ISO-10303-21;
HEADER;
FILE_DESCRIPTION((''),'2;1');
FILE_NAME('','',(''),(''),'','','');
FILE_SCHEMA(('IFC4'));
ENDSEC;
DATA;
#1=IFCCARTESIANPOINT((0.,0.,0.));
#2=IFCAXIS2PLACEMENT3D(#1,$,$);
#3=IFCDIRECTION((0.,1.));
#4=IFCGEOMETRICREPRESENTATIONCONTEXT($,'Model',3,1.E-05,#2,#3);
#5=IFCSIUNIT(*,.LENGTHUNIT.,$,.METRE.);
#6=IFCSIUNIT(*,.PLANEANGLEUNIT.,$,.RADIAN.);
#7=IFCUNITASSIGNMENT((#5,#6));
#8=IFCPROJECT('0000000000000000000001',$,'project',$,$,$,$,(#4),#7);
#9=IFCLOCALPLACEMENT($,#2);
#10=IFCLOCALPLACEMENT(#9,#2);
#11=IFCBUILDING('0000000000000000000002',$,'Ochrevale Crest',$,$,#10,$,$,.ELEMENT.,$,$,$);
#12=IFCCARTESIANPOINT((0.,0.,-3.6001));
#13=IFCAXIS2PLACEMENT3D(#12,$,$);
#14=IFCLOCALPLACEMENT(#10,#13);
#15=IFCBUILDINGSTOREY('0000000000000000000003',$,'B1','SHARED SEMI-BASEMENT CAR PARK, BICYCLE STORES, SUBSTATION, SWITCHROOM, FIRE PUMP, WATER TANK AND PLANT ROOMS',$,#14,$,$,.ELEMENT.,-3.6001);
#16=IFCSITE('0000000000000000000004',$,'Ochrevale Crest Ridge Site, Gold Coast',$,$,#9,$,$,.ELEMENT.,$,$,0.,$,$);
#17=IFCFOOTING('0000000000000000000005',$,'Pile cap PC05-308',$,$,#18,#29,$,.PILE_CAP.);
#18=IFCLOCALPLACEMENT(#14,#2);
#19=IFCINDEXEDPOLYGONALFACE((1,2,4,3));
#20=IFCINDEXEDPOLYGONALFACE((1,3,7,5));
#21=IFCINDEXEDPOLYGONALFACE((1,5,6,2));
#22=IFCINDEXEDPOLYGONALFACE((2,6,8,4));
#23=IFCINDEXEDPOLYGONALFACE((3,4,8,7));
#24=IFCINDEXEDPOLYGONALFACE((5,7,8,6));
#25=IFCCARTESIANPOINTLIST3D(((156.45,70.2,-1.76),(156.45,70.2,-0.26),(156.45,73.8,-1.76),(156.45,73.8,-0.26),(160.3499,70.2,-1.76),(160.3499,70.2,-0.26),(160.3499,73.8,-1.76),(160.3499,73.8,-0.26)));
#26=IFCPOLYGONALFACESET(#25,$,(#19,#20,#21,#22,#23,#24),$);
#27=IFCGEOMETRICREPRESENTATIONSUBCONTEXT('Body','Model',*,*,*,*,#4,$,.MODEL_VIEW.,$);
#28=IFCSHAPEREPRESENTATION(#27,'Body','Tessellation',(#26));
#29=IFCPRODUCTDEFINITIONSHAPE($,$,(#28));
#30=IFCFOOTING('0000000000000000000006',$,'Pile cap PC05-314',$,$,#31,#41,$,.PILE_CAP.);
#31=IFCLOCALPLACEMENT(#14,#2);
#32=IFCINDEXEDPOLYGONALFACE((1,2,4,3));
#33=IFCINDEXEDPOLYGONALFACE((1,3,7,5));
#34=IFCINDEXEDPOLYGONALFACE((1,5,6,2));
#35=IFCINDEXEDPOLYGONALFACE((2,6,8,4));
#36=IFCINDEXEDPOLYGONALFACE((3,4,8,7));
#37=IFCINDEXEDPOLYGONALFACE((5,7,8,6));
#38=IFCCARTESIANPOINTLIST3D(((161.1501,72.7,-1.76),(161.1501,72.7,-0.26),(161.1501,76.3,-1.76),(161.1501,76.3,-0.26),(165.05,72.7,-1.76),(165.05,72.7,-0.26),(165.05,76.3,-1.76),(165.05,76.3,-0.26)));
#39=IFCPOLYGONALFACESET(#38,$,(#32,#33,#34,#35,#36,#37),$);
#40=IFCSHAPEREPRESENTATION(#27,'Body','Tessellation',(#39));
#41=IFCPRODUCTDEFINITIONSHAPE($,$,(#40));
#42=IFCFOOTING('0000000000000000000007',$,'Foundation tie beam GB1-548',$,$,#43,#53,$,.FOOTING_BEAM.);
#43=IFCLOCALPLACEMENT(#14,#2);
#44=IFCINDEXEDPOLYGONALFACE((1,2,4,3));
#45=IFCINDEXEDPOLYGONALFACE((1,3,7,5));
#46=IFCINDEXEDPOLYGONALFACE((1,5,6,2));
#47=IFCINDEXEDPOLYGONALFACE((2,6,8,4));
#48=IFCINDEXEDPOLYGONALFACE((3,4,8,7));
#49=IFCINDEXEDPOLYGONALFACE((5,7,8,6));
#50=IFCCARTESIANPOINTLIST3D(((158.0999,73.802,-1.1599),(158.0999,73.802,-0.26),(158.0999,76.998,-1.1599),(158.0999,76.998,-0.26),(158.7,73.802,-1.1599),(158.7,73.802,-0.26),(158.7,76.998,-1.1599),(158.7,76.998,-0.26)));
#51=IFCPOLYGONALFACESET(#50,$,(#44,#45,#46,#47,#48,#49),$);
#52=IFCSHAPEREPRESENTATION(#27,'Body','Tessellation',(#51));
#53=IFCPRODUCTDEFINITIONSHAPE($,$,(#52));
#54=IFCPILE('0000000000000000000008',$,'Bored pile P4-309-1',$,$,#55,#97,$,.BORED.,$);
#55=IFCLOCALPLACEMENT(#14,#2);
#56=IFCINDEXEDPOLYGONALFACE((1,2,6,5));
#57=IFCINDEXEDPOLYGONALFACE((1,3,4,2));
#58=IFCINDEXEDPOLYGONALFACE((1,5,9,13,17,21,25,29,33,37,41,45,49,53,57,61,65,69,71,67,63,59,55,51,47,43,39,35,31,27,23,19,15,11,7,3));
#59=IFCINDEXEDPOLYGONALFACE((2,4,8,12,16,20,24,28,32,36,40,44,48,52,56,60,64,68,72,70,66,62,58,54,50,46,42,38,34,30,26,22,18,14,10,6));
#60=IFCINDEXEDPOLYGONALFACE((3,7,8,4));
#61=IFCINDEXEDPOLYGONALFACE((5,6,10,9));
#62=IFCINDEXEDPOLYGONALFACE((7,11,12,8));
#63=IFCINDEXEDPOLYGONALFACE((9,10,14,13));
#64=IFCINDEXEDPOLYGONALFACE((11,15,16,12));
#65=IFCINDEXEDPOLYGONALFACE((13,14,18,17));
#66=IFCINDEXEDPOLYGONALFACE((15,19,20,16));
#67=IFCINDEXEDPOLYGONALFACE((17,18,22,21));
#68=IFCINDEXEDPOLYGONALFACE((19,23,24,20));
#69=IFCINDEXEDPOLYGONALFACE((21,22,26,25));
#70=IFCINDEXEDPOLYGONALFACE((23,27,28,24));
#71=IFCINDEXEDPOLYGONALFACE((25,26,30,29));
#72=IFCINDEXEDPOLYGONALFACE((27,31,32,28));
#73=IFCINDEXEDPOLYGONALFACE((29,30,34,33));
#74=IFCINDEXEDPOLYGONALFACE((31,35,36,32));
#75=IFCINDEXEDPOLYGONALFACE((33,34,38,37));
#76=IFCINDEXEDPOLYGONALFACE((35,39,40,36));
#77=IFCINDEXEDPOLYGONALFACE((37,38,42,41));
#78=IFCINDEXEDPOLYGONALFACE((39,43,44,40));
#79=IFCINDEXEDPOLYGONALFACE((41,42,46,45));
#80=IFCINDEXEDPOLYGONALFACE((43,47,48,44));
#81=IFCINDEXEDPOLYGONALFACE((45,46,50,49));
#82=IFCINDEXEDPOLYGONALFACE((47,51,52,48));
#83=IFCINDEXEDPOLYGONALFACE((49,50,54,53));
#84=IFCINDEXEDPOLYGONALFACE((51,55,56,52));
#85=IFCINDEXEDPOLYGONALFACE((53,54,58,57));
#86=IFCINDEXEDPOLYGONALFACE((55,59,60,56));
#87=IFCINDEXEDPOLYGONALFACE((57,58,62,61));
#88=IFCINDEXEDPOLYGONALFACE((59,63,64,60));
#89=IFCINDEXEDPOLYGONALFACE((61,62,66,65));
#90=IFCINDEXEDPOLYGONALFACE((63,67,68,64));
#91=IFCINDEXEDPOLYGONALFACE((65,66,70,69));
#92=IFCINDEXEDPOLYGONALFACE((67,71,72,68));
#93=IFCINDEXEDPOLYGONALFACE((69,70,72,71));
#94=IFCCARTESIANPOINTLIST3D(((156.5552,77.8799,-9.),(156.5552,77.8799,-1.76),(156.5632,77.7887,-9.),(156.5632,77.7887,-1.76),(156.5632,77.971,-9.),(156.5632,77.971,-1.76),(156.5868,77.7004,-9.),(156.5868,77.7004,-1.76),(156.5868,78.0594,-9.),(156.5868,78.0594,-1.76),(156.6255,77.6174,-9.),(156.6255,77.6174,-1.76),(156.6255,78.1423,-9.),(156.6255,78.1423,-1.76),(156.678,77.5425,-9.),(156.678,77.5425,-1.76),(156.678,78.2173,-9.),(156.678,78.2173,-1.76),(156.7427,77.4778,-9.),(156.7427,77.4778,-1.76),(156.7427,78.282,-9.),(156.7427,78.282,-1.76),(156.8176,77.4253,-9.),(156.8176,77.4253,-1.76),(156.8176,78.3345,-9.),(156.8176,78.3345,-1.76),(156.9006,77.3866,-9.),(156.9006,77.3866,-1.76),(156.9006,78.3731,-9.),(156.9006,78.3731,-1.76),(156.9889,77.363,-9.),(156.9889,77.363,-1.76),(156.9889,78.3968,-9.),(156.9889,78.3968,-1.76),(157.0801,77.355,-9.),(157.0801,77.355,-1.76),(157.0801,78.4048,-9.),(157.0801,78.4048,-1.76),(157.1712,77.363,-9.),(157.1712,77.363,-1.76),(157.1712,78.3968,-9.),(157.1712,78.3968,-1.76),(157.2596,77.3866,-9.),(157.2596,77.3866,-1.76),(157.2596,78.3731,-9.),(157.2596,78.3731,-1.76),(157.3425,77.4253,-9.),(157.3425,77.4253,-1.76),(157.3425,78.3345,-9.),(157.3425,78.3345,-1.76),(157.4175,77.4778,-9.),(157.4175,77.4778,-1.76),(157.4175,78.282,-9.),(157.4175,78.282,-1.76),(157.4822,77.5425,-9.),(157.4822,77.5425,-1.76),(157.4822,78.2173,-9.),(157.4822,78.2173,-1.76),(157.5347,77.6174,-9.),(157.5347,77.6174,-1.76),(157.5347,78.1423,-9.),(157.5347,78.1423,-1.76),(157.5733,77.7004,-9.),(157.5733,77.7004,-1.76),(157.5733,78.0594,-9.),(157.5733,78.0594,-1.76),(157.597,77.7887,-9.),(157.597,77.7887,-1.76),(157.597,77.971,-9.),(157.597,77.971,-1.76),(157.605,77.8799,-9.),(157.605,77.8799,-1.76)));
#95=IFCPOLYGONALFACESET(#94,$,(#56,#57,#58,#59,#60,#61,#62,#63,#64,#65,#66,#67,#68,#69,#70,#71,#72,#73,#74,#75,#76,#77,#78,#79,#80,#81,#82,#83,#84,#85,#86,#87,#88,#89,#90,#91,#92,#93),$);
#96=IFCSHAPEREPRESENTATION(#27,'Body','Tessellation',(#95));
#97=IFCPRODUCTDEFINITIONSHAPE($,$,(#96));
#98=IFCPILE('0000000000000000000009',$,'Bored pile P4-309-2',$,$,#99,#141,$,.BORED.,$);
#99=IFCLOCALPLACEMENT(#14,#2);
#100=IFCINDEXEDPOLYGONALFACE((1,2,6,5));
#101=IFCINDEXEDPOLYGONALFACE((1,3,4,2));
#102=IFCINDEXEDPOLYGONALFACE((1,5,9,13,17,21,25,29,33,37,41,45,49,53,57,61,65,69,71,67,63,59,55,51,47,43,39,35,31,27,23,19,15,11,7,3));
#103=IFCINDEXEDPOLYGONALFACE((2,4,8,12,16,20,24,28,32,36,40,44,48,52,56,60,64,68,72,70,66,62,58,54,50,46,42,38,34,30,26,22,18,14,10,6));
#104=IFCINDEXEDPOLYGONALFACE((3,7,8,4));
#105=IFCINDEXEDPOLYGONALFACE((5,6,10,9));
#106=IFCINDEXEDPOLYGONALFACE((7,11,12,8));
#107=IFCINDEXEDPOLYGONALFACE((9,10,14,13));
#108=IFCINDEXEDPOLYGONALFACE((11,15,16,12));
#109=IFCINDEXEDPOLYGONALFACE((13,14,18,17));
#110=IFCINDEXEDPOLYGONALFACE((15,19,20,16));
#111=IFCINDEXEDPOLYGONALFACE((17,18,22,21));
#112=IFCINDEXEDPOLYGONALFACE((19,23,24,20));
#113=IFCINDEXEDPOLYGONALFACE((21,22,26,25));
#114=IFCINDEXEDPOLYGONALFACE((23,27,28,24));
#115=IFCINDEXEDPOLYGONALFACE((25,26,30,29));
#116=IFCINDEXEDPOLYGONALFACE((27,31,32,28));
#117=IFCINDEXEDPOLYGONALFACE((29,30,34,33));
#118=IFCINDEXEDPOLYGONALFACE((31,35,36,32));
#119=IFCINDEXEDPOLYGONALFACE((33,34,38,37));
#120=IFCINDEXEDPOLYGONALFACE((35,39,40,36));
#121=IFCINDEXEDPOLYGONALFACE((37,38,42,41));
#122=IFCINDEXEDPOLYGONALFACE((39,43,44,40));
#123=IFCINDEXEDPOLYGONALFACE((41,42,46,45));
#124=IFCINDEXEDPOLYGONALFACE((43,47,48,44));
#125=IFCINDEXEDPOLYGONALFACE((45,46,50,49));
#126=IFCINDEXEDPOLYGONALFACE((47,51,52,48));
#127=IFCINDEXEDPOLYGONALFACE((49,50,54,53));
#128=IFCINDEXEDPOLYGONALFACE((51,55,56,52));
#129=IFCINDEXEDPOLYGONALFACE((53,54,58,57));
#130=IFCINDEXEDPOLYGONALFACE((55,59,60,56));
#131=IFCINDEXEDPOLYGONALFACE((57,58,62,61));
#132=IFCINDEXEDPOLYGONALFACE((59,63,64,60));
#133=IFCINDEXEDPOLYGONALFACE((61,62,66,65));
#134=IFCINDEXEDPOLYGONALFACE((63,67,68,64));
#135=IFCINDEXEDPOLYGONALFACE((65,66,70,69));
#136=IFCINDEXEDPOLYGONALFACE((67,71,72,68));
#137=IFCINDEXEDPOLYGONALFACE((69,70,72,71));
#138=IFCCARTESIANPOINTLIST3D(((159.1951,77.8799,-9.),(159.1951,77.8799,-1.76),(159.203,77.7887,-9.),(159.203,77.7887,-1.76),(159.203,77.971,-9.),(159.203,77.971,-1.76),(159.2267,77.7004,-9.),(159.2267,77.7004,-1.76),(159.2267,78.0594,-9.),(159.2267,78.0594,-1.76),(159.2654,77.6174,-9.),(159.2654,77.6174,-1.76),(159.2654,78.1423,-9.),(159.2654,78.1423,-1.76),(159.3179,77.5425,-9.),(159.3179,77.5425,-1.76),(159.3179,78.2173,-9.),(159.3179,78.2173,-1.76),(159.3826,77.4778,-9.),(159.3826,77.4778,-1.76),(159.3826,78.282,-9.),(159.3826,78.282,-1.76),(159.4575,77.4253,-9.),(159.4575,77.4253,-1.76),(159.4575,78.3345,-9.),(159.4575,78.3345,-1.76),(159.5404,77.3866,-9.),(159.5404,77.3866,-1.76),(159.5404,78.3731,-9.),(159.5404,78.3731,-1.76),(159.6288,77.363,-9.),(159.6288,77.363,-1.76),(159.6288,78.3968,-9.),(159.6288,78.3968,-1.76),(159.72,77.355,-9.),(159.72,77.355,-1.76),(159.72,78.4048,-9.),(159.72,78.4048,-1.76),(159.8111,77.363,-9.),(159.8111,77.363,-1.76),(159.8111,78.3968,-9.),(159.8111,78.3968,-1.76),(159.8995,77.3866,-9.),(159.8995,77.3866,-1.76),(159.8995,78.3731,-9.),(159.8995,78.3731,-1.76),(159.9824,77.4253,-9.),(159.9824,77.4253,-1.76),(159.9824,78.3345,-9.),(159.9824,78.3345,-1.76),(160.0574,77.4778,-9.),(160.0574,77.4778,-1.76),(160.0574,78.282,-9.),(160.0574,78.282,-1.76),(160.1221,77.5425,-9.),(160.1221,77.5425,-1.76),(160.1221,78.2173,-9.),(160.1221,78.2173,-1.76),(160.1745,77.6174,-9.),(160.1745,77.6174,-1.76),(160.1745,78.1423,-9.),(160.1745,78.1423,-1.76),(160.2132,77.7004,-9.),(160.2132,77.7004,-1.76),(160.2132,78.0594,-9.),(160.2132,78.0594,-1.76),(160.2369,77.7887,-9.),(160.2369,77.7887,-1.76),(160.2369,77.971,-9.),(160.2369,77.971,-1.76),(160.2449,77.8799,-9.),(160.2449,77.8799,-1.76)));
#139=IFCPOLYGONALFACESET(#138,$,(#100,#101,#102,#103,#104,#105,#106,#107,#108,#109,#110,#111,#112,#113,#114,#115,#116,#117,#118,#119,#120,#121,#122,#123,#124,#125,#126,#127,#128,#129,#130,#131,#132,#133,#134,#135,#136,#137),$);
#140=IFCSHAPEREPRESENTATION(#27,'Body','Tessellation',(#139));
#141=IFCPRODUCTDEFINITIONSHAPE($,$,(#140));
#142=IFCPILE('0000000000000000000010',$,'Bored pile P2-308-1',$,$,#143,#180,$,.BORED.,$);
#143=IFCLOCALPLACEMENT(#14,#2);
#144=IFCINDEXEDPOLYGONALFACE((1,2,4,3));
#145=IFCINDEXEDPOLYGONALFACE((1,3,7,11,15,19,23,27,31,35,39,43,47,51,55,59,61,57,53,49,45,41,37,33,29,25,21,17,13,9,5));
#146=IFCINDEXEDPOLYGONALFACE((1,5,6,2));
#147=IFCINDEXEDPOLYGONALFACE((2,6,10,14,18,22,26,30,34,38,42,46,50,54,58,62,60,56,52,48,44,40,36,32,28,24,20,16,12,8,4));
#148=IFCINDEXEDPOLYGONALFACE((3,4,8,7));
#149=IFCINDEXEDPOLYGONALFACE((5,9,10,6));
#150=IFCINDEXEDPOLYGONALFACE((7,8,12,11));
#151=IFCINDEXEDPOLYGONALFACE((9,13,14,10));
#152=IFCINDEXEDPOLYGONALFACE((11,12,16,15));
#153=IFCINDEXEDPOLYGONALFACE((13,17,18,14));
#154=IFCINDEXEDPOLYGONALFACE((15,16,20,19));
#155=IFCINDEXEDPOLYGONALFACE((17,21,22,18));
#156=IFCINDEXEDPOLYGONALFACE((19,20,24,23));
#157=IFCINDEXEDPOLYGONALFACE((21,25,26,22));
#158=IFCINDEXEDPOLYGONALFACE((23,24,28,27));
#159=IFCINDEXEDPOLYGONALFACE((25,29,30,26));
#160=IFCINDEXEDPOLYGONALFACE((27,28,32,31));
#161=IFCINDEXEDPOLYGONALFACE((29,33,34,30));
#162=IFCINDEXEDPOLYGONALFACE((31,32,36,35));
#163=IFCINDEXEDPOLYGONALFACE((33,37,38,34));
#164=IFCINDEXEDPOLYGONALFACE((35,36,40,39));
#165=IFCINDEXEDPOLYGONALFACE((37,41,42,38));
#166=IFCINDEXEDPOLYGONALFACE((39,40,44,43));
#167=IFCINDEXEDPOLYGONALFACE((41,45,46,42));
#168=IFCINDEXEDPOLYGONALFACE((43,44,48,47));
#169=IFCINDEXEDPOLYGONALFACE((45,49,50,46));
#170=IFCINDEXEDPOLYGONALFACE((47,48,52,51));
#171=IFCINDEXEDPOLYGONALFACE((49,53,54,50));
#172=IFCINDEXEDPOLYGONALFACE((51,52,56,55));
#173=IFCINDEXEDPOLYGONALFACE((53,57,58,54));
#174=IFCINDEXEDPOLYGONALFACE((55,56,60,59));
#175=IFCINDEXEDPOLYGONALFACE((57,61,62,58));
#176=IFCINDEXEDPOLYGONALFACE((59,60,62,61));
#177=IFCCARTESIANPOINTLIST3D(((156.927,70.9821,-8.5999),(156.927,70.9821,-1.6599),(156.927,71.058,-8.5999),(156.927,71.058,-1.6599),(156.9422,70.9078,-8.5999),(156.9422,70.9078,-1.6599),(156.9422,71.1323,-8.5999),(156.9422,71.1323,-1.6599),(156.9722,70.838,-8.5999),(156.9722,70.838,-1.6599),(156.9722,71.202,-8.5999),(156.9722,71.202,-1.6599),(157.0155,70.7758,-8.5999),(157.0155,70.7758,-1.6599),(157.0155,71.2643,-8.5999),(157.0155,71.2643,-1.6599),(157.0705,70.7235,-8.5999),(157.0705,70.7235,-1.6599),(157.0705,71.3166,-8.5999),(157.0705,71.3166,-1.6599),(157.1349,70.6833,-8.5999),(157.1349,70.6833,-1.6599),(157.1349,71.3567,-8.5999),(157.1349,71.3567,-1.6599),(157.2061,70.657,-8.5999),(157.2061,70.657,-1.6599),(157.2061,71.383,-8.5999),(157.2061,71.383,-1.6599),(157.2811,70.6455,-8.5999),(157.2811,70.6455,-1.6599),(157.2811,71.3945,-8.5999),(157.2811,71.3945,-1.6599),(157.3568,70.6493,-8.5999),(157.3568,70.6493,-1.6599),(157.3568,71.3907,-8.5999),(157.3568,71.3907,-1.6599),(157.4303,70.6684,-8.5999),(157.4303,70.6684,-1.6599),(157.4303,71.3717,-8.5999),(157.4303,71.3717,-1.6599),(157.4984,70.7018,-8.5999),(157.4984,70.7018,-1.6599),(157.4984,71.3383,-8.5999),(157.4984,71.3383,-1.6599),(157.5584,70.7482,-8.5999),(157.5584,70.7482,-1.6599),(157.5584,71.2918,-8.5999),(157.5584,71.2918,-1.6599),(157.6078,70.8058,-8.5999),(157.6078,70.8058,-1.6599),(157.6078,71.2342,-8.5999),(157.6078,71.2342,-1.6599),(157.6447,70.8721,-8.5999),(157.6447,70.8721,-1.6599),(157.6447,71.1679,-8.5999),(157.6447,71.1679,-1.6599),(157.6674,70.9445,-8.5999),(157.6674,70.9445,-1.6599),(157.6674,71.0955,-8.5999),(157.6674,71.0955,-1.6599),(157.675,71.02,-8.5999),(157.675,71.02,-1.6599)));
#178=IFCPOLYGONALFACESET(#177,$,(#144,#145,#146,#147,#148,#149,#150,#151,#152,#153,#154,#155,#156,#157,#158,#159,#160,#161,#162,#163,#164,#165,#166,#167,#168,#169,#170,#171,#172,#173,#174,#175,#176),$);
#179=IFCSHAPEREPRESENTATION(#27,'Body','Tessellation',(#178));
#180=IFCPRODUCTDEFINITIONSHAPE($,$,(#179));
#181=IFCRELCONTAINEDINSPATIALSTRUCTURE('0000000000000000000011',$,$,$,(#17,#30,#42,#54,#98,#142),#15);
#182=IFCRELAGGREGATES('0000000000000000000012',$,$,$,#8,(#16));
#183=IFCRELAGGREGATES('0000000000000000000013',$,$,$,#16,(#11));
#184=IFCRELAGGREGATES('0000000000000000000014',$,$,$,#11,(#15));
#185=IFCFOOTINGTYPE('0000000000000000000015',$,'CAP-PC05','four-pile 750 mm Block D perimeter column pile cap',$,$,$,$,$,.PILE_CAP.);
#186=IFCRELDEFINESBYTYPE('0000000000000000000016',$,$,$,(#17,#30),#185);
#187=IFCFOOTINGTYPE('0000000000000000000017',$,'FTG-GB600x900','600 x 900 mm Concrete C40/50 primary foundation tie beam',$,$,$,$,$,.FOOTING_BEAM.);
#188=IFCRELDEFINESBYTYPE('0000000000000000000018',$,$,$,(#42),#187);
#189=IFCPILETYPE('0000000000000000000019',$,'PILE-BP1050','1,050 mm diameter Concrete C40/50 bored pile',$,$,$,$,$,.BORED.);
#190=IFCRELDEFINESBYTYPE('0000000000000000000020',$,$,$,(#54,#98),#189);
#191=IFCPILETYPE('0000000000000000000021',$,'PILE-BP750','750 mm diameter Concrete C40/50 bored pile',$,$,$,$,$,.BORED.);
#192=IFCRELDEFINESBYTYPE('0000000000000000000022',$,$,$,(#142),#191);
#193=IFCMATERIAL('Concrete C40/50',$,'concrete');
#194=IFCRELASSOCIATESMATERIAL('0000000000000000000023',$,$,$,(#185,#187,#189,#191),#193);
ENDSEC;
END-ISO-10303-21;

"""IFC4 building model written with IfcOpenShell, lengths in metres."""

from ifc_helpers import new_model, si_unit, direction, frame, origin, origin_2d, place, context, subcontext, project, spatial, rectangle, circle, extrude, material, material_profile, profile_set, type_object, element, save


model = new_model("IFC4")

# Units and contexts
model_context = context("Model", 3, precision=1e-05, world=origin(), true_north=direction((0.0, 1.0)))
body_context = subcontext(model_context, "Body", "Model", "MODEL_VIEW")
ifc_project = project(units=[si_unit("LENGTHUNIT", "METRE"), si_unit("PLANEANGLEUNIT", "RADIAN")], contexts=[model_context])

# Site, building, storey
site_placement = place(None, origin())
site = spatial("IfcSite", under=ifc_project, at=site_placement, Name="Ochrevale Crest Ridge Site, Gold Coast", CompositionType="ELEMENT", RefElevation=0.0)
building_placement = place(site_placement, origin())
building = spatial("IfcBuilding", under=site, at=building_placement, Name="Ochrevale Crest", CompositionType="ELEMENT")
storey_placement = place(building_placement, frame((0.0, 0.0, -3.6001)))
storey = spatial("IfcBuildingStorey", under=building, at=storey_placement, Name="B1", Description="SHARED SEMI-BASEMENT CAR PARK, BICYCLE STORES, SUBSTATION, SWITCHROOM, FIRE PUMP, WATER TANK AND PLANT ROOMS", CompositionType="ELEMENT", Elevation=-3.6001)

# Footings
ifc_material_1 = material(Name="Concrete C40/50", Category="concrete")
footing_type_1 = type_object("IfcFootingType", Name="CAP-PC05", Description="four-pile 750 mm Block D perimeter column pile cap", PredefinedType="PILE_CAP", material=ifc_material_1)
for number, where, z_axis, x_axis, name in (
    (1, (158.3999, 72.0, -1.76), (0.0, 0.0, 1.0), (1.0, 0.0, 0.0), "Pile cap PC05-308"),
    (2, (163.1001, 74.5, -1.76), (0.0, 0.0, 1.0), (1.0, 0.0, 0.0), "Pile cap PC05-314"),
):
    element("IfcFooting", number, at=place(storey_placement, frame(where, z_axis=z_axis, x_axis=x_axis)), inside=storey, type_object=footing_type_1, Name=name, PredefinedType="PILE_CAP", context=body_context, shape_type="SweptSolid", body=[
        extrude(rectangle(XDim=3.8999, YDim=3.6001, at=origin_2d()), origin(), (0.0, 0.0, 1.0), 1.5),
    ])
ifc_material_profile_1 = material_profile(ifc_material_1, rectangle(XDim=0.6001, YDim=0.8999, at=origin_2d()), Name="GB 600x900")
ifc_profile_set_1 = profile_set([ifc_material_profile_1], Name="Concrete C40/50")
footing_type_2 = type_object("IfcFootingType", Name="FTG-GB600x900", Description="600 x 900 mm Concrete C40/50 primary foundation tie beam", PredefinedType="FOOTING_BEAM", material=ifc_profile_set_1)
footing_placement = place(storey_placement, frame((158.3999, 73.802, -0.71), z_axis=(0.0, 1.0, 0.0), x_axis=(-1.0, 0.0, 0.0)))
element("IfcFooting", 3, at=footing_placement, inside=storey, type_object=footing_type_2, Name="Foundation tie beam GB1-548", PredefinedType="FOOTING_BEAM", context=body_context, shape_type="SweptSolid", body=[
    extrude(rectangle(XDim=0.6001, YDim=0.8999, at=origin_2d()), origin(), (0.0, 0.0, 1.0), 3.196),
])

# Piles
ifc_material_profile_2 = material_profile(ifc_material_1, circle(Radius=0.5249, at=origin_2d()), Name="BORED PILE 1050")
ifc_profile_set_2 = profile_set([ifc_material_profile_2], Name="Concrete C40/50")
pile_type_1 = type_object("IfcPileType", Name="PILE-BP1050", Description="1,050 mm diameter Concrete C40/50 bored pile", PredefinedType="BORED", material=ifc_profile_set_2)
for number, where, z_axis, x_axis, name in (
    (4, (157.0801, 77.8799, -1.76), (0.0, 0.0, -1.0), (1.0, 0.0, 0.0), "Bored pile P4-309-1"),
    (5, (159.72, 77.8799, -1.76), (0.0, 0.0, -1.0), (1.0, 0.0, 0.0), "Bored pile P4-309-2"),
):
    element("IfcPile", number, at=place(storey_placement, frame(where, z_axis=z_axis, x_axis=x_axis)), inside=storey, type_object=pile_type_1, Name=name, PredefinedType="BORED", context=body_context, shape_type="SweptSolid", body=[
        extrude(circle(Radius=0.5249, at=origin_2d()), origin(), (0.0, 0.0, 1.0), 7.24),
    ])
ifc_material_profile_3 = material_profile(ifc_material_1, circle(Radius=0.375, at=origin_2d()), Name="BORED PILE 750")
ifc_profile_set_3 = profile_set([ifc_material_profile_3], Name="Concrete C40/50")
pile_type_2 = type_object("IfcPileType", Name="PILE-BP750", Description="750 mm diameter Concrete C40/50 bored pile", PredefinedType="BORED", material=ifc_profile_set_3)
for number, where, z_axis, x_axis, name in (
    (6, (157.3, 71.02, -1.6599), (0.0, 0.0, -1.0), (1.0, 0.0, 0.0), "Bored pile P2-308-1"),
):
    element("IfcPile", number, at=place(storey_placement, frame(where, z_axis=z_axis, x_axis=x_axis)), inside=storey, type_object=pile_type_2, Name=name, PredefinedType="BORED", context=body_context, shape_type="SweptSolid", body=[
        extrude(circle(Radius=0.375, at=origin_2d()), origin(), (0.0, 0.0, 1.0), 6.9399),
    ])

save(model, "model.ifc")
